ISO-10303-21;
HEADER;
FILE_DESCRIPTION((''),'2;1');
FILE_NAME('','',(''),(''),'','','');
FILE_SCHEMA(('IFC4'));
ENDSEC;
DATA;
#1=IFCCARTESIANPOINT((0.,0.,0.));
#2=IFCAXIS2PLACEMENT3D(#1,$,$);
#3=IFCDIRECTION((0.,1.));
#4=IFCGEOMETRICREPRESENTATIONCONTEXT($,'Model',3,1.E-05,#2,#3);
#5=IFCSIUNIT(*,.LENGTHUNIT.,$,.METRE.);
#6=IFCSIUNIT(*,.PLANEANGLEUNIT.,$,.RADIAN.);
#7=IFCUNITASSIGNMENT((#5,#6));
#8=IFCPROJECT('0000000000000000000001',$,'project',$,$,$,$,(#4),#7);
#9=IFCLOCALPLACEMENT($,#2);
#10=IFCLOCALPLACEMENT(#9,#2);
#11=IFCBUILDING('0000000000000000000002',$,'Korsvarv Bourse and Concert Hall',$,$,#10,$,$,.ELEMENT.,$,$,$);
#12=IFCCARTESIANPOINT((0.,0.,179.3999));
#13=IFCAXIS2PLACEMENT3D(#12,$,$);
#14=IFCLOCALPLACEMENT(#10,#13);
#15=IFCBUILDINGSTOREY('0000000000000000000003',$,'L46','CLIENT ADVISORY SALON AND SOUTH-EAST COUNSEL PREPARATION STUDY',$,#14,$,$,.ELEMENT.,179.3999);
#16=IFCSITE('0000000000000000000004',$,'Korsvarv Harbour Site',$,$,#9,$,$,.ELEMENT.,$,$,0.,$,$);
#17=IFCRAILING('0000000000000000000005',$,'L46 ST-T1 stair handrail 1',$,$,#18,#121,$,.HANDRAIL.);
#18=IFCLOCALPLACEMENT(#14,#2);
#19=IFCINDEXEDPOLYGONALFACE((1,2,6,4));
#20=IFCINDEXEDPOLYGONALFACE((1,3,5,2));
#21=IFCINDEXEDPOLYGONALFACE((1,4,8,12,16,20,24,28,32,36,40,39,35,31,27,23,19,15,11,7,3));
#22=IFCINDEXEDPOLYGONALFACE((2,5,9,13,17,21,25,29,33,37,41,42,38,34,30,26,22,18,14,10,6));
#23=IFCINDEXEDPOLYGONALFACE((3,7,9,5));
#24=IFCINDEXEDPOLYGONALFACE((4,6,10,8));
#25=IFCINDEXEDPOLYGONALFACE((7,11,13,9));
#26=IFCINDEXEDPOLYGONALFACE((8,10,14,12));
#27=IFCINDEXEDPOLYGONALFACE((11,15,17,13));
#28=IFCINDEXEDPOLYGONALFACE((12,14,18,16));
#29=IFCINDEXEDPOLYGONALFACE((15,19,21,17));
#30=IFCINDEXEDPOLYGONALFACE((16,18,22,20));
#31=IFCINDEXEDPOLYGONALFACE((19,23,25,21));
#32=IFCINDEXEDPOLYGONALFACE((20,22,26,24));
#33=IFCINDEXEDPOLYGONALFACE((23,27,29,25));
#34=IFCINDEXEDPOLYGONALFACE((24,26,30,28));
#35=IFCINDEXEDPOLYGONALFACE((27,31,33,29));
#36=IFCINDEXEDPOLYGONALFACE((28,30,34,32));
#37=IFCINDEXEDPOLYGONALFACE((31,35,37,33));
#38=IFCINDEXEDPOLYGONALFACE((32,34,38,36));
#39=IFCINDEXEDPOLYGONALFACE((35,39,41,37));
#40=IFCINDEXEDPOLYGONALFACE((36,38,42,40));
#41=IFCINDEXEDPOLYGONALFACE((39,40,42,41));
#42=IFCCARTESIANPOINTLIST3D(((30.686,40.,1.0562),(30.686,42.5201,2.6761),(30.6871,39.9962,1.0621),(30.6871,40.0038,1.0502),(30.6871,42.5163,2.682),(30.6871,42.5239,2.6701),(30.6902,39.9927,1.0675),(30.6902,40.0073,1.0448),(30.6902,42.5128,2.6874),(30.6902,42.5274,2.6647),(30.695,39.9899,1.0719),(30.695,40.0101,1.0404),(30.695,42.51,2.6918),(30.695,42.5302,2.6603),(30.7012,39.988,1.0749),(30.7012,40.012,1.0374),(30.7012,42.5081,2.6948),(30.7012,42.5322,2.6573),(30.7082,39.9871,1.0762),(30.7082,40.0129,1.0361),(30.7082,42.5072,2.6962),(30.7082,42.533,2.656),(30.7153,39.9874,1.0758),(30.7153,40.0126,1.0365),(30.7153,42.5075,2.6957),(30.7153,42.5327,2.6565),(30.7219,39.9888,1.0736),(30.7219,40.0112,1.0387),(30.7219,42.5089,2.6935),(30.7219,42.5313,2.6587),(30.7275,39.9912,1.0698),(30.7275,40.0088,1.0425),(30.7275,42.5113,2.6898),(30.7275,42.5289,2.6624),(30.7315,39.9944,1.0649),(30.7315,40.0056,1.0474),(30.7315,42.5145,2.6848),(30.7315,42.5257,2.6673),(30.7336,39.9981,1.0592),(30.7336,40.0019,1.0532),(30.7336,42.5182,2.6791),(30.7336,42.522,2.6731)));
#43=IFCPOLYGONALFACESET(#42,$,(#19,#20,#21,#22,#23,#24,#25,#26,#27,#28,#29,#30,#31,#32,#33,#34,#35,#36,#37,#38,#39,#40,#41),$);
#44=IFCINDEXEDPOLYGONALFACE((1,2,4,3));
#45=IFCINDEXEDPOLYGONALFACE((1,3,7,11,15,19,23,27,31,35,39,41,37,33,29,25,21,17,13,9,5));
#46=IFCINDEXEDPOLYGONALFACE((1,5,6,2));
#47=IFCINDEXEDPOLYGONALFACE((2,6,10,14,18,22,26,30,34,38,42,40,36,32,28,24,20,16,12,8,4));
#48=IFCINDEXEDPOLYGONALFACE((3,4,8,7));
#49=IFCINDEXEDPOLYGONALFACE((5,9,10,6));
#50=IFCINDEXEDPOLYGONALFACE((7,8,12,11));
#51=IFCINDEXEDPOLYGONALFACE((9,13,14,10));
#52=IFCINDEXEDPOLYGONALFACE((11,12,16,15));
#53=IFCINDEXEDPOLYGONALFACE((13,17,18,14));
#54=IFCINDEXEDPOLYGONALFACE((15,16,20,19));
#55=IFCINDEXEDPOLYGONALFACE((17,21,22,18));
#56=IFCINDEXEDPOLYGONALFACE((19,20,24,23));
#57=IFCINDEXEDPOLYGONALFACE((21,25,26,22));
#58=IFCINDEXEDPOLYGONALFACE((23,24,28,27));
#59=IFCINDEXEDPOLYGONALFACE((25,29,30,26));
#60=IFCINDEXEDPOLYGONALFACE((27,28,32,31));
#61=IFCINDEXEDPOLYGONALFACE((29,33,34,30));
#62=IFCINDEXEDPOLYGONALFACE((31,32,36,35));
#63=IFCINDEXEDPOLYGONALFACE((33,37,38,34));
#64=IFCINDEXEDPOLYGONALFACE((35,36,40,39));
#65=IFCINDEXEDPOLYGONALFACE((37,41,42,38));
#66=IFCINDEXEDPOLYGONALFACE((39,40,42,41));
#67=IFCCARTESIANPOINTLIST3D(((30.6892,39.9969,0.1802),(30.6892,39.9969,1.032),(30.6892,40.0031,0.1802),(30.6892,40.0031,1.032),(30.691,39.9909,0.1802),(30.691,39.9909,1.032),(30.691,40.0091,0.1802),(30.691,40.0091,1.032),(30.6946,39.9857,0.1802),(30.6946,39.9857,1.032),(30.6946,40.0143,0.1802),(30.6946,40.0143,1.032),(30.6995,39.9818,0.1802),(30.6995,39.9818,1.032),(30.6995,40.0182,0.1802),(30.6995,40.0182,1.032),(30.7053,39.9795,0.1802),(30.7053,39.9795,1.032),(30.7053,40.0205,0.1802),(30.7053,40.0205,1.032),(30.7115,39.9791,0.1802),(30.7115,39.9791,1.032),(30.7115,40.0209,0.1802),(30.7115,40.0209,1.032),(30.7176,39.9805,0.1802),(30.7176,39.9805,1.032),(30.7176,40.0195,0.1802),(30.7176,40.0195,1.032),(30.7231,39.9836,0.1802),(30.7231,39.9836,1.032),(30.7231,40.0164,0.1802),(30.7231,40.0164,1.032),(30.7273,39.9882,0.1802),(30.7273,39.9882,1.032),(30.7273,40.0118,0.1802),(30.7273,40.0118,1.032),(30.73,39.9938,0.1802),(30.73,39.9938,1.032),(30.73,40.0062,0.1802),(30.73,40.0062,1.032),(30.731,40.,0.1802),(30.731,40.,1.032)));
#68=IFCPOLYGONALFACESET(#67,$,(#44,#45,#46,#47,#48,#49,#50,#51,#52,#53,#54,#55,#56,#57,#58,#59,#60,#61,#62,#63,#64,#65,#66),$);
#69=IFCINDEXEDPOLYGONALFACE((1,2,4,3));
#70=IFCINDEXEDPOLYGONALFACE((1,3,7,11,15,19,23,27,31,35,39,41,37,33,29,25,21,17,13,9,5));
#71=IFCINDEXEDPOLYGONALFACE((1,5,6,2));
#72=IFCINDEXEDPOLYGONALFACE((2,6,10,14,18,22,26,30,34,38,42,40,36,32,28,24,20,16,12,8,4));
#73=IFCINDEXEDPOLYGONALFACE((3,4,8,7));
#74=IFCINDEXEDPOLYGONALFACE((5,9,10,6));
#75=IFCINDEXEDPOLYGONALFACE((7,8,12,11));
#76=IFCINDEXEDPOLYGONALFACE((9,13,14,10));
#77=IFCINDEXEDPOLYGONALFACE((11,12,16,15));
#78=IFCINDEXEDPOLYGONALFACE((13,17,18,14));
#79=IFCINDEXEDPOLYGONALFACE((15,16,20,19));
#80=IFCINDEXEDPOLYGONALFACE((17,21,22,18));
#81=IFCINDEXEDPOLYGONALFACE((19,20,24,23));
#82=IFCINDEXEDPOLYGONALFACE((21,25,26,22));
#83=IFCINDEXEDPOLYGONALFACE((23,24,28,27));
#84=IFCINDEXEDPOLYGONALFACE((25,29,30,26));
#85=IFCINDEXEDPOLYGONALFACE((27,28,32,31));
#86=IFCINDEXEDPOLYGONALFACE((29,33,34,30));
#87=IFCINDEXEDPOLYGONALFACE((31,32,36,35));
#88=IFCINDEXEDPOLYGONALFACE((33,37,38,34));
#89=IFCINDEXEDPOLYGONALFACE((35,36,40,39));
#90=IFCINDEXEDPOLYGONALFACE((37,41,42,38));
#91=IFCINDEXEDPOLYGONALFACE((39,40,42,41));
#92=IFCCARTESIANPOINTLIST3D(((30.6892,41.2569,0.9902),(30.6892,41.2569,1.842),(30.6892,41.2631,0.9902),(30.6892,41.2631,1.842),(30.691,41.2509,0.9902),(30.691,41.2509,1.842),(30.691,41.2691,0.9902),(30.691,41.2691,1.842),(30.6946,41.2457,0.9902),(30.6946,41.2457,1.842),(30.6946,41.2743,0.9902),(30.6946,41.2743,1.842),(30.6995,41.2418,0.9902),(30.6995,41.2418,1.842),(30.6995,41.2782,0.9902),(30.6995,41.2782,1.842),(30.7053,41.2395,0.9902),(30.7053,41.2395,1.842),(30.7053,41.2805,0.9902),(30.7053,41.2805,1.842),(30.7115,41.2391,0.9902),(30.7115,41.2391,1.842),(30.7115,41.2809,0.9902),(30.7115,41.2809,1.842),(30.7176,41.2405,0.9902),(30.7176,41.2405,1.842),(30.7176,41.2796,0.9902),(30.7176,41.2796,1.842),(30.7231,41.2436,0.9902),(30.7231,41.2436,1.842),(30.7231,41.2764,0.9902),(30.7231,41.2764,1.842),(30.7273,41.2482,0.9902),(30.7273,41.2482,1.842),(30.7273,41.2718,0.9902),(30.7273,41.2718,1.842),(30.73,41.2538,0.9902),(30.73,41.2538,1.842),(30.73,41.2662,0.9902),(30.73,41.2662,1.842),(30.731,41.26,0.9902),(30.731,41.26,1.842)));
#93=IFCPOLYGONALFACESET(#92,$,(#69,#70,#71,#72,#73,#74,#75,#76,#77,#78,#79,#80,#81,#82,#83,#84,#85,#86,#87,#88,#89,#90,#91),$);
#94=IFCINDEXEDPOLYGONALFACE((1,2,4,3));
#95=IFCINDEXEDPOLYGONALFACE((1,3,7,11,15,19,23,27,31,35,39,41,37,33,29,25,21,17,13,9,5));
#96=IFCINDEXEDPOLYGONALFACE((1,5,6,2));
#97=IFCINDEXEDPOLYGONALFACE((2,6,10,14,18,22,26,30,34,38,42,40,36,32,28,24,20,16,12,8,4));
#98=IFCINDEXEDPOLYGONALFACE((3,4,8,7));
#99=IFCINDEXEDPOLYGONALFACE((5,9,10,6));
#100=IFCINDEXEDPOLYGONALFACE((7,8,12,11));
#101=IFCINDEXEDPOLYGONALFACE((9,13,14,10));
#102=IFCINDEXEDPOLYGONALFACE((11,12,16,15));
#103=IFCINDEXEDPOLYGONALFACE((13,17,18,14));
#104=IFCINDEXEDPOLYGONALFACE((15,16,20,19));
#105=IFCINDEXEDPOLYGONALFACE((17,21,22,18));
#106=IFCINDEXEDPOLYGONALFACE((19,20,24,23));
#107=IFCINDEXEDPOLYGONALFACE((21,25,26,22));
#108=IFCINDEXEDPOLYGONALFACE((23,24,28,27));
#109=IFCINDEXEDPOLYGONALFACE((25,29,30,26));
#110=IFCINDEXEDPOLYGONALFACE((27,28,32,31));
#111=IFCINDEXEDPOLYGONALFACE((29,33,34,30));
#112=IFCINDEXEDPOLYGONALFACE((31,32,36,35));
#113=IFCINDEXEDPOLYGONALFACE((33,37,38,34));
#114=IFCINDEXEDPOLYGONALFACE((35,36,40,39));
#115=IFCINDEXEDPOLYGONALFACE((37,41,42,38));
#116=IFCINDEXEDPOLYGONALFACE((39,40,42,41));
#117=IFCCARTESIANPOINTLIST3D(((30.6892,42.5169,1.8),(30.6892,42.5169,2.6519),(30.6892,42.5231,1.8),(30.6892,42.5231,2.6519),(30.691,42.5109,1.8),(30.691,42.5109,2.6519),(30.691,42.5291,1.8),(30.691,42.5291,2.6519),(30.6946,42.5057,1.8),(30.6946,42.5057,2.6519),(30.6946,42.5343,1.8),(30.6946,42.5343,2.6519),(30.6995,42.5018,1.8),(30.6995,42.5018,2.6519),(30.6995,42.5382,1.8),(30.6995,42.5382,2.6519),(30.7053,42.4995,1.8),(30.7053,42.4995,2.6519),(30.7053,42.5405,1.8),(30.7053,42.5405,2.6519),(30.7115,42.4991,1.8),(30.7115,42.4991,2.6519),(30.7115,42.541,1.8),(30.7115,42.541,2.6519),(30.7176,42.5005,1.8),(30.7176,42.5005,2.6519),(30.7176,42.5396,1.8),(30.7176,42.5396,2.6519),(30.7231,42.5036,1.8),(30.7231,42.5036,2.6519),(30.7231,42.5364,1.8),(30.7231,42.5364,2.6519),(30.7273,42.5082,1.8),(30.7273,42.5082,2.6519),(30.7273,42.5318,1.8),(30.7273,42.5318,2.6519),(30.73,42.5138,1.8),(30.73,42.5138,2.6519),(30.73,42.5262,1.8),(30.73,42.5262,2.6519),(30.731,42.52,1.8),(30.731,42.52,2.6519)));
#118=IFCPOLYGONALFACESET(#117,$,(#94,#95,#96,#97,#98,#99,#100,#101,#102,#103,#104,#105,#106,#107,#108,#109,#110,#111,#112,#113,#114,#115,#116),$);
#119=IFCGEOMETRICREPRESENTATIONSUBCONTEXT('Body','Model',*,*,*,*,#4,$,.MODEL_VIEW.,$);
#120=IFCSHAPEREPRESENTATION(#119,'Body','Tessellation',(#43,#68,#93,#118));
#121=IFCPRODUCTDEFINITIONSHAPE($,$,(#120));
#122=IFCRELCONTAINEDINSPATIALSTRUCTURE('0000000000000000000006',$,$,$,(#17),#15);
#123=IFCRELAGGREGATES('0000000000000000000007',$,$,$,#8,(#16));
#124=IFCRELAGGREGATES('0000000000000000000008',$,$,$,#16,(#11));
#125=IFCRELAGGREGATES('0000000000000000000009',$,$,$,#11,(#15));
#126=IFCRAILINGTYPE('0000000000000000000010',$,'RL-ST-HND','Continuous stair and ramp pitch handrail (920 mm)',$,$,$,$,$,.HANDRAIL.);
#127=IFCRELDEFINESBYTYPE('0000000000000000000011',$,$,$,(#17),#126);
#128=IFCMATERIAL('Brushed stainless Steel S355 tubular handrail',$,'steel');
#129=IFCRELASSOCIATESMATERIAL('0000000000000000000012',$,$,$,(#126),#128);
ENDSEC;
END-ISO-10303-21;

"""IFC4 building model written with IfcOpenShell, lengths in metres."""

from ifc_helpers import new_model, si_unit, direction, frame, origin, origin_2d, place, context, subcontext, project, spatial, circle, extrude, material, type_object, element, save


model = new_model("IFC4")

# Units and contexts
model_context = context("Model", 3, precision=1e-05, world=origin(), true_north=direction((0.0, 1.0)))
body_context = subcontext(model_context, "Body", "Model", "MODEL_VIEW")
ifc_project = project(units=[si_unit("LENGTHUNIT", "METRE"), si_unit("PLANEANGLEUNIT", "RADIAN")], contexts=[model_context])

# Site, building, storey
site_placement = place(None, origin())
site = spatial("IfcSite", under=ifc_project, at=site_placement, Name="Korsvarv Harbour Site", CompositionType="ELEMENT", RefElevation=0.0)
building_placement = place(site_placement, origin())
building = spatial("IfcBuilding", under=site, at=building_placement, Name="Korsvarv Bourse and Concert Hall", CompositionType="ELEMENT")
storey_placement = place(building_placement, frame((0.0, 0.0, 179.3999)))
storey = spatial("IfcBuildingStorey", under=building, at=storey_placement, Name="L46", Description="CLIENT ADVISORY SALON AND SOUTH-EAST COUNSEL PREPARATION STUDY", CompositionType="ELEMENT", Elevation=179.3999)

# Railing
ifc_material_1 = material(Name="Brushed stainless Steel S355 tubular handrail", Category="steel")
railing_type_1 = type_object("IfcRailingType", Name="RL-ST-HND", Description="Continuous stair and ramp pitch handrail (920 mm)", PredefinedType="HANDRAIL", material=ifc_material_1)
railing_1_placement = place(storey_placement, frame((30.71, 40.0, 0.1802)))
element("IfcRailing", 1, at=railing_1_placement, inside=storey, type_object=railing_type_1, Name="L46 ST-T1 stair handrail 1", PredefinedType="HANDRAIL", context=body_context, shape_type="SweptSolid", body=[
    extrude(circle(Radius=0.0239, at=origin_2d()), frame((0.0, 0.0, 0.876), z_axis=(0.0, 0.8412, 0.540725), x_axis=(-1.0, 0.0, 0.0)), (0.0, 0.0, 1.0), 2.9958),
    extrude(circle(Radius=0.021, at=origin_2d()), origin(), (0.0, 0.0, 1.0), 0.8518),
    extrude(circle(Radius=0.021, at=origin_2d()), frame((0.0, 1.26, 0.8101)), (0.0, 0.0, 1.0), 0.8518),
    extrude(circle(Radius=0.021, at=origin_2d()), frame((0.0, 2.52, 1.6199)), (0.0, 0.0, 1.0), 0.8518),
])

save(model, "model.ifc")
